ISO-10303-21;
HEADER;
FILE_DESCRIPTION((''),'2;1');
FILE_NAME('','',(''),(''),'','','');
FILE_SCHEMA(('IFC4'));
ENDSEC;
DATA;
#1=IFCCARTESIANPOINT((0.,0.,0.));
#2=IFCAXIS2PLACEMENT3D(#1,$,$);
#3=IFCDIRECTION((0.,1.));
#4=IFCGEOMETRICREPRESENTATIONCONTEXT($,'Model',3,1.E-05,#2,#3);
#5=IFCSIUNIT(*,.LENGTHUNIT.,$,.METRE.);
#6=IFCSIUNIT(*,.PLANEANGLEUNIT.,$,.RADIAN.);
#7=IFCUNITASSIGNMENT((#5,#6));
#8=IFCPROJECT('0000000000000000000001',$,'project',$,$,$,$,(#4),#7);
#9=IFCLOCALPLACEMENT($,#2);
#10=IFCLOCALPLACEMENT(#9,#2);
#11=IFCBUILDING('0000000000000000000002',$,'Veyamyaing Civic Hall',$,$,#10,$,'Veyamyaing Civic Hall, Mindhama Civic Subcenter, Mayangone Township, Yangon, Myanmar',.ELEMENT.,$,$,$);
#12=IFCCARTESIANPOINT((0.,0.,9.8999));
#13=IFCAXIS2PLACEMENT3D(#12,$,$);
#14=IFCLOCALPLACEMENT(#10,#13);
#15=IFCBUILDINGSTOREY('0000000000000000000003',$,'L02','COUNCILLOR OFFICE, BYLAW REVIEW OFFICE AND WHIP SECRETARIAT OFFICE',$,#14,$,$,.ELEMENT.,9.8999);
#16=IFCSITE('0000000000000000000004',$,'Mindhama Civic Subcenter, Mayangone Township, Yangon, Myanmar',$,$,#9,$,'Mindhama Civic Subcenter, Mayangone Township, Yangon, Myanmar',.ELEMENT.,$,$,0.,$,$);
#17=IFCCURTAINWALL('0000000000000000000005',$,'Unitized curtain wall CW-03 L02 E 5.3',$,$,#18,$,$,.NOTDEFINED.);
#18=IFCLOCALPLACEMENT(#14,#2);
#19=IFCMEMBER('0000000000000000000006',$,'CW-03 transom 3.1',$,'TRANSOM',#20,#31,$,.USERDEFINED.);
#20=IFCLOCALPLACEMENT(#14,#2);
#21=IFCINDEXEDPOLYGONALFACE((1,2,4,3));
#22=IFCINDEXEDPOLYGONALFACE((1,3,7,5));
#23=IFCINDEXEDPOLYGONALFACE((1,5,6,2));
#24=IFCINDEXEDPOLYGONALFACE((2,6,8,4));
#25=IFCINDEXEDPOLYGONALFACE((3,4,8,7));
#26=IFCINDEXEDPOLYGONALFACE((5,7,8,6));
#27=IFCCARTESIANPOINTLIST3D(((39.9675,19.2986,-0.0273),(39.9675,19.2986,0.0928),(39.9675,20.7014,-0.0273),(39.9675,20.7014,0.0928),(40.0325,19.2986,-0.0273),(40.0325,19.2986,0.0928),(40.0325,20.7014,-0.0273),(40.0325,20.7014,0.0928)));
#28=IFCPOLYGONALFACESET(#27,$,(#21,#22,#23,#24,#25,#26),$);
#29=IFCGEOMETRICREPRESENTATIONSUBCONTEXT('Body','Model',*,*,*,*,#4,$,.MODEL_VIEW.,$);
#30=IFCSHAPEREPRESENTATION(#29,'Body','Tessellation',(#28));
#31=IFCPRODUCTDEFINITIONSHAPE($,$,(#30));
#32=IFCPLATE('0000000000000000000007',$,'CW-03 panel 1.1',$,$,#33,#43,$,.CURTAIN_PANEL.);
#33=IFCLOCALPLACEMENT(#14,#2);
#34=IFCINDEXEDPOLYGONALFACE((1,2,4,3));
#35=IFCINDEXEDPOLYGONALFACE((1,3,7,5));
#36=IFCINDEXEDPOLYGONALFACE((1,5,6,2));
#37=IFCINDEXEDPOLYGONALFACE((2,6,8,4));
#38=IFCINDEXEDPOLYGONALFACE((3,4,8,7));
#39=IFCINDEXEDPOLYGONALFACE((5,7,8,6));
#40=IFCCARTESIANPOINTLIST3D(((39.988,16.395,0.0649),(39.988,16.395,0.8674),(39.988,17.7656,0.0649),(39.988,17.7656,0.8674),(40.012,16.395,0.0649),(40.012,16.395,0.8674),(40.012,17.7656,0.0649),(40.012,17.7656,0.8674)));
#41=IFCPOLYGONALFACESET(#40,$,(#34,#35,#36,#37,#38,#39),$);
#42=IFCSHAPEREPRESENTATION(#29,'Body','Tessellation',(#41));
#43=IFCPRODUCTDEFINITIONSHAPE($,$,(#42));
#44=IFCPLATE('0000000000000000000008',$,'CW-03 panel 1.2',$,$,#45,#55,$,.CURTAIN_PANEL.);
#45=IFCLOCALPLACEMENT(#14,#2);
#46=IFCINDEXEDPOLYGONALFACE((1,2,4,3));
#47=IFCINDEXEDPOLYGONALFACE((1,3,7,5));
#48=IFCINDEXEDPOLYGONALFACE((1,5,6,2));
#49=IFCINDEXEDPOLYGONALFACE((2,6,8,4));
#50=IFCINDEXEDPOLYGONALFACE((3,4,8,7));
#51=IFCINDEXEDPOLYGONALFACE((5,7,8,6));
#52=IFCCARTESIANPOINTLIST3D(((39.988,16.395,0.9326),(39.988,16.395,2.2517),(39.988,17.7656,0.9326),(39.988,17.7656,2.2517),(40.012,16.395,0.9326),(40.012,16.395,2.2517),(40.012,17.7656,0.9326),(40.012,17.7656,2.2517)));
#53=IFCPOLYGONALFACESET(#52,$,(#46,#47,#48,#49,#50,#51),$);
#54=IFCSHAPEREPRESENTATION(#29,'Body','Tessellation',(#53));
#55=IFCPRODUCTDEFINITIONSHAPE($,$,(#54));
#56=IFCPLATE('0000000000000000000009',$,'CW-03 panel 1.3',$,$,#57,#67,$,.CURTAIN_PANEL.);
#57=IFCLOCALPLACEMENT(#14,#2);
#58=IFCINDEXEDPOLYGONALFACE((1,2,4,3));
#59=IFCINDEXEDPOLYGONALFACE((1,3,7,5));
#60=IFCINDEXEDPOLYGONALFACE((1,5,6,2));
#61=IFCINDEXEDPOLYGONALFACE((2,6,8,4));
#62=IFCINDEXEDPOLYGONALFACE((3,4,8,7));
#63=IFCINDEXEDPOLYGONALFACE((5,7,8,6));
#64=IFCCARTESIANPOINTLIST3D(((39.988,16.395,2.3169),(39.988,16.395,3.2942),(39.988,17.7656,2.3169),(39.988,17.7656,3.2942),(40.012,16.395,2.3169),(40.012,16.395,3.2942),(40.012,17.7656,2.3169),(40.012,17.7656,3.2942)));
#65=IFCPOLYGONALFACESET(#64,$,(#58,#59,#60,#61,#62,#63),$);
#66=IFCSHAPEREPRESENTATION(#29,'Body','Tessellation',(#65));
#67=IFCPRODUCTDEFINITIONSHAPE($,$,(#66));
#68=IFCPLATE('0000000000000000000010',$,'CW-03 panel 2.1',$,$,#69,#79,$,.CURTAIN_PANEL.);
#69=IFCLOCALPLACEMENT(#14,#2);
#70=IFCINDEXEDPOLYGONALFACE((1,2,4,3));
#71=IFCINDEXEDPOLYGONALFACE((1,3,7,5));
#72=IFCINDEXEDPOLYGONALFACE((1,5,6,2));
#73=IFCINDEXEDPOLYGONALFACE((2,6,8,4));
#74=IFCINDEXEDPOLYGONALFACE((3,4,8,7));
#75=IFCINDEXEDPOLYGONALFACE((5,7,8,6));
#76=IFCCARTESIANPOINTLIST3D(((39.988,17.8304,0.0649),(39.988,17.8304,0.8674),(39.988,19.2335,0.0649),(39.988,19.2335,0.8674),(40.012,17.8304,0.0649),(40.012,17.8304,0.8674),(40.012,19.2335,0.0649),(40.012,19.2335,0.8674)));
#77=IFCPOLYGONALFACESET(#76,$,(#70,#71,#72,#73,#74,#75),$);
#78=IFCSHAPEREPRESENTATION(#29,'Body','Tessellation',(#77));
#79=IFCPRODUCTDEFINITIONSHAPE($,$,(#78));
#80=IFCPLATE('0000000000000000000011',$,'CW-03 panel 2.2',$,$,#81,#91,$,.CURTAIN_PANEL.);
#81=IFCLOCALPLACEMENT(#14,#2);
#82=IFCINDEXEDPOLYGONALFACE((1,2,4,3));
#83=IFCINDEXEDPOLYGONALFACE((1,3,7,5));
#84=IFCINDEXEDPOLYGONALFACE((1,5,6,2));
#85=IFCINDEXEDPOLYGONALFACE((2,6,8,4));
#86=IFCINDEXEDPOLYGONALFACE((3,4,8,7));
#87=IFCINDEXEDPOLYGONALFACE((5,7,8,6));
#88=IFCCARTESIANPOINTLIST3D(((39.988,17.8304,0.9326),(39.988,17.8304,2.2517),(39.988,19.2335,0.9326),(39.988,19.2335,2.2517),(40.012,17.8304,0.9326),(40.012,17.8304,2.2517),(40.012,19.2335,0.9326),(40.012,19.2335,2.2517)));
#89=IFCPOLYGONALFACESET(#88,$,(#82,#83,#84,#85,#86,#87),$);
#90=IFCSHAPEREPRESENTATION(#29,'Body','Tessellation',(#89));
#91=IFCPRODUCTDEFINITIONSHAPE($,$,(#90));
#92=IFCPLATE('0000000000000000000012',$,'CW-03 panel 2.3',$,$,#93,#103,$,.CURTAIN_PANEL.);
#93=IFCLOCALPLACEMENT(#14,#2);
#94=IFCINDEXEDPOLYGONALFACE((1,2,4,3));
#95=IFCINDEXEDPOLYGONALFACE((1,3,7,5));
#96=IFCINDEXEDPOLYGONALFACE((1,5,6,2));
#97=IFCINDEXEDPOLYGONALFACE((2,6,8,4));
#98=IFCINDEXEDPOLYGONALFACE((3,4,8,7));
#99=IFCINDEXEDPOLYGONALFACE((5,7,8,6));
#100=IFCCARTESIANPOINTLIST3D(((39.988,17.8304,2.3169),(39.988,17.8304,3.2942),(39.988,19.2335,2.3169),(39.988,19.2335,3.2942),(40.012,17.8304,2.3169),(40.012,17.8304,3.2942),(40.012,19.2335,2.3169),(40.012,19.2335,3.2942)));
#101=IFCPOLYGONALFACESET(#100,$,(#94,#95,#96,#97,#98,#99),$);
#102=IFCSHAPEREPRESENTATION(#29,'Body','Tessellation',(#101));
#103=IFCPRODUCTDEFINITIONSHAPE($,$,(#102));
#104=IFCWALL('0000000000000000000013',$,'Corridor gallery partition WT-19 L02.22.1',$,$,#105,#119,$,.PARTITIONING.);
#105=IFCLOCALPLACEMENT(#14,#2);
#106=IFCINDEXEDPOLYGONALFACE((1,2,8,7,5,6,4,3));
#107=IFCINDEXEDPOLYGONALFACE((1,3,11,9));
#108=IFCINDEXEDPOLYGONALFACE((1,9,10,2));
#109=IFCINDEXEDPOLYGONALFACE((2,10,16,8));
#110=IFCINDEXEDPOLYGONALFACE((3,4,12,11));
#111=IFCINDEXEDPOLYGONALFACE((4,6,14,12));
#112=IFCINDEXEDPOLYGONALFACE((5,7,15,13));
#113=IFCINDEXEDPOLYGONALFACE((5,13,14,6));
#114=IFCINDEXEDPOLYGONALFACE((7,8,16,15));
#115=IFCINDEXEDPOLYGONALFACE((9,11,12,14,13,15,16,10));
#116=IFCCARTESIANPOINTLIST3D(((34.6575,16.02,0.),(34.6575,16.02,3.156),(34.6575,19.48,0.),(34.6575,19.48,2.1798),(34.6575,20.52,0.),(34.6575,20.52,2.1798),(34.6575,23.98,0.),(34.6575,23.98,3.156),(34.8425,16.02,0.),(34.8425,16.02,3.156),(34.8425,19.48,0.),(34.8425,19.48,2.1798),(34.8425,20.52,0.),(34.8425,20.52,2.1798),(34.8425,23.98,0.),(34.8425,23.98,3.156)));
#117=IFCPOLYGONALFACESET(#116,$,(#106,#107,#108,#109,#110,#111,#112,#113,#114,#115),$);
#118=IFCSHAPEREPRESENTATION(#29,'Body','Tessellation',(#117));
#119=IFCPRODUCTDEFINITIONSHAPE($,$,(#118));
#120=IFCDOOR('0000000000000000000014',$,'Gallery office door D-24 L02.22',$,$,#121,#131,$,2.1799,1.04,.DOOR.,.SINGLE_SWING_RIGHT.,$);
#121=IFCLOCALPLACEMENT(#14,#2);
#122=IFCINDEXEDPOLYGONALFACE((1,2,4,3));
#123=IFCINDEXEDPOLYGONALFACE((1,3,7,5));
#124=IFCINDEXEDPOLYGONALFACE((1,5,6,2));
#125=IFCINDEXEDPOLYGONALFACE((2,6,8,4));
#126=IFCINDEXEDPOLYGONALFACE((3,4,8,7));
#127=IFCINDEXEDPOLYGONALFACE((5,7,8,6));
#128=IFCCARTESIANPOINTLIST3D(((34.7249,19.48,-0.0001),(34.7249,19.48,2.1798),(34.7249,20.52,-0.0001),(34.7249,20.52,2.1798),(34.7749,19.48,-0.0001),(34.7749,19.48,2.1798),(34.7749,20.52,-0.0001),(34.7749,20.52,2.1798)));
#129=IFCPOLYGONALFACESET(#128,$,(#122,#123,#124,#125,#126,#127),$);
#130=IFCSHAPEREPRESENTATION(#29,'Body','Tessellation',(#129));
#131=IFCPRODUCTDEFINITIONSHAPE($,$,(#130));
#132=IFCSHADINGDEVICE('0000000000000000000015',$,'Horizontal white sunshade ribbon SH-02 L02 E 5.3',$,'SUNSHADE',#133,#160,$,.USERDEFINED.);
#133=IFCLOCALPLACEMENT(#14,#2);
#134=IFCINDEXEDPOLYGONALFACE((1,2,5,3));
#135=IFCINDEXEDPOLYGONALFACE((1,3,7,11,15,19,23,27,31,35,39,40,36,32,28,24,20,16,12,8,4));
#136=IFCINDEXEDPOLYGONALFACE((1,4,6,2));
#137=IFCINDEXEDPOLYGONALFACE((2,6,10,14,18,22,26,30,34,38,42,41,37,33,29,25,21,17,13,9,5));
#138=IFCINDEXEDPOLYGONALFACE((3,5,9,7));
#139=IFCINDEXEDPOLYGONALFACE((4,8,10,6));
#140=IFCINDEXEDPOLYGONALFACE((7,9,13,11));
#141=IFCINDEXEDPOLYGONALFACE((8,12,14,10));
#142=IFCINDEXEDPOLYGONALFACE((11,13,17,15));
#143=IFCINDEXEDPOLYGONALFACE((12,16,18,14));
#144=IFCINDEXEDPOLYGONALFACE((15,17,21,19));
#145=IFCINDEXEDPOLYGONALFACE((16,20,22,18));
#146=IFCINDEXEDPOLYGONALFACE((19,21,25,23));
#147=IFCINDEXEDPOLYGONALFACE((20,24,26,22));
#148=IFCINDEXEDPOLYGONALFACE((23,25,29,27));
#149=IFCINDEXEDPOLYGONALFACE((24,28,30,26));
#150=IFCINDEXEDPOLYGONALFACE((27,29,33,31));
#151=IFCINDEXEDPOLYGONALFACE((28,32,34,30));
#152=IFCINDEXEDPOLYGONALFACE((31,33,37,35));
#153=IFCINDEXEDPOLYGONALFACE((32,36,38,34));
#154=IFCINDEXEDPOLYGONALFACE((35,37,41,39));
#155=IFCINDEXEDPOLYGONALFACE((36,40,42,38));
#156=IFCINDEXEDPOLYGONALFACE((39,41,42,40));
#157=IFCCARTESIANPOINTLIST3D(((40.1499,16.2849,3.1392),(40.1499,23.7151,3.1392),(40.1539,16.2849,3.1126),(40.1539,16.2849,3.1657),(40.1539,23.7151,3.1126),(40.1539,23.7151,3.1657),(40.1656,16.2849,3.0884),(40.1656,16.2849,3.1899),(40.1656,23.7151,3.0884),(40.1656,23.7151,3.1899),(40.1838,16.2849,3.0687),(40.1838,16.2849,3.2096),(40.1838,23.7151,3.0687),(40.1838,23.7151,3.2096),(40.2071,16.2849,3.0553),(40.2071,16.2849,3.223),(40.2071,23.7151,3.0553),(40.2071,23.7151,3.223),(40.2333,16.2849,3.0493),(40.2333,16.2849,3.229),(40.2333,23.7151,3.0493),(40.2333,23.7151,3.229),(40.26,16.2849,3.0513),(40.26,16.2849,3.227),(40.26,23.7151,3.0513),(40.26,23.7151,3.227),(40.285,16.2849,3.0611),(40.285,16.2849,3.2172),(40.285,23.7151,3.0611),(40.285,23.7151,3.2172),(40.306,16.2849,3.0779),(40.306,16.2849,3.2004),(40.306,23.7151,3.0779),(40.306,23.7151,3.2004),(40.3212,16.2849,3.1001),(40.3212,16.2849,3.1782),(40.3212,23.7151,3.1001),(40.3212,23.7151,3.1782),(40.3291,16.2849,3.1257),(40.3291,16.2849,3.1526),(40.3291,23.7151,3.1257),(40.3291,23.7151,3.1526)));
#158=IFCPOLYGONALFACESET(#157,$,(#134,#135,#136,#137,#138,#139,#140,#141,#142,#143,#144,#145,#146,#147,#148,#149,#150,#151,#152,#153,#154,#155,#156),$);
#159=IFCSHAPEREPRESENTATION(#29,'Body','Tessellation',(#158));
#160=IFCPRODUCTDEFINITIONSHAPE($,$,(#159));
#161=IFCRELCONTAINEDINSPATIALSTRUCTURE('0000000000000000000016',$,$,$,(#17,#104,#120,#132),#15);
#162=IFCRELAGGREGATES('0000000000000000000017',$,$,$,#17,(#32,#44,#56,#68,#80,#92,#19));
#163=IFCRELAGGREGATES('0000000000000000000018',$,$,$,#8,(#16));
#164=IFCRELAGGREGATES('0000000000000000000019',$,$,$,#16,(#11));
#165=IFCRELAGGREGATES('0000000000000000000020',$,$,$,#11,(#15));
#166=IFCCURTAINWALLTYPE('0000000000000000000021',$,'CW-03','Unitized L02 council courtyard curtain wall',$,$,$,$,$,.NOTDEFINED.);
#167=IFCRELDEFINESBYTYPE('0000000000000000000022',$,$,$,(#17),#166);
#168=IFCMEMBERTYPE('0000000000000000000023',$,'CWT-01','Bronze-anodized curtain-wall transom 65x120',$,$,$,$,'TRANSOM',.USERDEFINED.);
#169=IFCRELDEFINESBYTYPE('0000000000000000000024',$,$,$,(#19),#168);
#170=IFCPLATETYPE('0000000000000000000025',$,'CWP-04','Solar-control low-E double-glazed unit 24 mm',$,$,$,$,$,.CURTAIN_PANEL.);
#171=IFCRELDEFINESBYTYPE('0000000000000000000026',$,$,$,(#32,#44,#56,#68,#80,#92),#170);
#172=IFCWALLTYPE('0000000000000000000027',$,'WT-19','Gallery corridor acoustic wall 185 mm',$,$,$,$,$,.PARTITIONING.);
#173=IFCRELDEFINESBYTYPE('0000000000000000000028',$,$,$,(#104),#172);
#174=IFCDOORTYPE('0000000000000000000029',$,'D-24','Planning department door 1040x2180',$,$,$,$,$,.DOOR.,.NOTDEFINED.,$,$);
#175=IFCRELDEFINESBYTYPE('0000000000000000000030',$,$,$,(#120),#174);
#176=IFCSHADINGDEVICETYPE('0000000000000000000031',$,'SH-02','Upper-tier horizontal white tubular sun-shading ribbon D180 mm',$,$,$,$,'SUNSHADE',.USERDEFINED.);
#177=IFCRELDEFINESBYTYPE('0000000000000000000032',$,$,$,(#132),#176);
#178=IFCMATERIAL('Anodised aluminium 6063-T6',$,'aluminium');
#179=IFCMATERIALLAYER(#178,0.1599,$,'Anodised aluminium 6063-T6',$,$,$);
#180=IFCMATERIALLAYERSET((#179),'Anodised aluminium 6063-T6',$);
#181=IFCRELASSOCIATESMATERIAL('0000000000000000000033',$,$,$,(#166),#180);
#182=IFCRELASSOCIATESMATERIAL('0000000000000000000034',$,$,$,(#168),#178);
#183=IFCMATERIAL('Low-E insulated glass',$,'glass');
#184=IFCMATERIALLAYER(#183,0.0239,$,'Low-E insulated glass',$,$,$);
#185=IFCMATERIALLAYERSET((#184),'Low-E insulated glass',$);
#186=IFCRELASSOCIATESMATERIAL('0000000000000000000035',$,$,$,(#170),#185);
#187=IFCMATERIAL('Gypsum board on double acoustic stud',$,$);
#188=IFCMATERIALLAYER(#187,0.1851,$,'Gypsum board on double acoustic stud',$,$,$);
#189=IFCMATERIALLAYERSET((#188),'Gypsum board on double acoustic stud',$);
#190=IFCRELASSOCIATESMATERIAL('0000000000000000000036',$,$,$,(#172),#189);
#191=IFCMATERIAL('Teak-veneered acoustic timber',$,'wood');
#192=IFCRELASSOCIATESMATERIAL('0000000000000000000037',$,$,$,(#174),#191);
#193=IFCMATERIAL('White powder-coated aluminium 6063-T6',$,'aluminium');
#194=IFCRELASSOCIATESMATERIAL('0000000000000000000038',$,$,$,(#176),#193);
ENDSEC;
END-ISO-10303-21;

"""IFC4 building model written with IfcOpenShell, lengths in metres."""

from ifc_helpers import new_model, si_unit, direction, frame, frame_2d, origin, origin_2d, place, context, subcontext, project, spatial, rectangle, circle, extrude, material, layer, layer_set, material_profile, profile_set, type_object, element, fill, aggregate, save


model = new_model("IFC4")

# Units and contexts
model_context = context("Model", 3, precision=1e-05, world=origin(), true_north=direction((0.0, 1.0)))
body_context = subcontext(model_context, "Body", "Model", "MODEL_VIEW")
ifc_project = project(units=[si_unit("LENGTHUNIT", "METRE"), si_unit("PLANEANGLEUNIT", "RADIAN")], contexts=[model_context])

# Site, building, storey
site_placement = place(None, origin())
site = spatial("IfcSite", under=ifc_project, at=site_placement, Name="Mindhama Civic Subcenter, Mayangone Township, Yangon, Myanmar", LongName="Mindhama Civic Subcenter, Mayangone Township, Yangon, Myanmar", CompositionType="ELEMENT", RefElevation=0.0)
building_placement = place(site_placement, origin())
building = spatial("IfcBuilding", under=site, at=building_placement, Name="Veyamyaing Civic Hall", LongName="Veyamyaing Civic Hall, Mindhama Civic Subcenter, Mayangone Township, Yangon, Myanmar", CompositionType="ELEMENT")
storey_placement = place(building_placement, frame((0.0, 0.0, 9.8999)))
storey = spatial("IfcBuildingStorey", under=building, at=storey_placement, Name="L02", Description="COUNCILLOR OFFICE, BYLAW REVIEW OFFICE AND WHIP SECRETARIAT OFFICE", CompositionType="ELEMENT", Elevation=9.8999)

# Curtain wall, member, plates
ifc_material_1 = material(Name="Anodised aluminium 6063-T6", Category="aluminium")
ifc_layer_1 = layer(ifc_material_1, 0.1599, Name="Anodised aluminium 6063-T6")
ifc_layer_set_1 = layer_set([ifc_layer_1], Name="Anodised aluminium 6063-T6")
curtain_wall_type = type_object("IfcCurtainWallType", Name="CW-03", Description="Unitized L02 council courtyard curtain wall", PredefinedType="NOTDEFINED", material=ifc_layer_set_1)
curtain_wall_placement = place(storey_placement, origin())
curtain_wall = element("IfcCurtainWall", 1, at=curtain_wall_placement, inside=storey, type_object=curtain_wall_type, Name="Unitized curtain wall CW-03 L02 E 5.3", PredefinedType="NOTDEFINED")
ifc_material_profile_1 = material_profile(ifc_material_1, rectangle(XDim=0.0649, YDim=0.1201, at=origin_2d()), Name="ALU-TRN-65X120")
ifc_profile_set_1 = profile_set([ifc_material_profile_1], Name="Anodised aluminium 6063-T6")
member_type_1 = type_object("IfcMemberType", Name="CWT-01", Description="Bronze-anodized curtain-wall transom 65x120", ElementType="TRANSOM", PredefinedType="USERDEFINED", material=ifc_profile_set_1)
member_1_placement = place(storey_placement, frame((40.0, 19.2986, 0.0327), z_axis=(0.0, 1.0, 0.0), x_axis=(-1.0, 0.0, 0.0)))
member_1 = element("IfcMember", 2, at=member_1_placement, type_object=member_type_1, Name="CW-03 transom 3.1", ObjectType="TRANSOM", PredefinedType="USERDEFINED", context=body_context, shape_type="SweptSolid", body=[
    extrude(rectangle(XDim=0.0649, YDim=0.1201, at=origin_2d()), origin(), (0.0, 0.0, 1.0), 1.4028),
])
ifc_material_2 = material(Name="Low-E insulated glass", Category="glass")
ifc_layer_2 = layer(ifc_material_2, 0.0239, Name="Low-E insulated glass")
ifc_layer_set_2 = layer_set([ifc_layer_2], Name="Low-E insulated glass")
plate_type = type_object("IfcPlateType", Name="CWP-04", Description="Solar-control low-E double-glazed unit 24 mm", PredefinedType="CURTAIN_PANEL", material=ifc_layer_set_2)
plate_1_placement = place(storey_placement, frame((40.0, 17.0803, 0.0649), z_axis=(0.0, 0.0, 1.0), x_axis=(0.0, 1.0, 0.0)))
plate_1 = element("IfcPlate", 3, at=plate_1_placement, type_object=plate_type, Name="CW-03 panel 1.1", PredefinedType="CURTAIN_PANEL", context=body_context, shape_type="SweptSolid", body=[
    extrude(rectangle(XDim=1.3706, YDim=0.0239, at=origin_2d()), origin(), (0.0, 0.0, 1.0), 0.8025),
])
plate_2_placement = place(storey_placement, frame((40.0, 17.0803, 0.9326), z_axis=(0.0, 0.0, 1.0), x_axis=(0.0, 1.0, 0.0)))
plate_2 = element("IfcPlate", 4, at=plate_2_placement, type_object=plate_type, Name="CW-03 panel 1.2", PredefinedType="CURTAIN_PANEL", context=body_context, shape_type="SweptSolid", body=[
    extrude(rectangle(XDim=1.3706, YDim=0.0239, at=origin_2d()), origin(), (0.0, 0.0, 1.0), 1.3191),
])
plate_3_placement = place(storey_placement, frame((40.0, 17.0803, 2.3169), z_axis=(0.0, 0.0, 1.0), x_axis=(0.0, 1.0, 0.0)))
plate_3 = element("IfcPlate", 5, at=plate_3_placement, type_object=plate_type, Name="CW-03 panel 1.3", PredefinedType="CURTAIN_PANEL", context=body_context, shape_type="SweptSolid", body=[
    extrude(rectangle(XDim=1.3706, YDim=0.0239, at=origin_2d()), origin(), (0.0, 0.0, 1.0), 0.9773),
])
plate_4_placement = place(storey_placement, frame((40.0, 18.532, 0.0649), z_axis=(0.0, 0.0, 1.0), x_axis=(0.0, 1.0, 0.0)))
plate_4 = element("IfcPlate", 6, at=plate_4_placement, type_object=plate_type, Name="CW-03 panel 2.1", PredefinedType="CURTAIN_PANEL", context=body_context, shape_type="SweptSolid", body=[
    extrude(rectangle(XDim=1.4031, YDim=0.0239, at=origin_2d()), origin(), (0.0, 0.0, 1.0), 0.8025),
])
plate_5_placement = place(storey_placement, frame((40.0, 18.532, 0.9326), z_axis=(0.0, 0.0, 1.0), x_axis=(0.0, 1.0, 0.0)))
plate_5 = element("IfcPlate", 7, at=plate_5_placement, type_object=plate_type, Name="CW-03 panel 2.2", PredefinedType="CURTAIN_PANEL", context=body_context, shape_type="SweptSolid", body=[
    extrude(rectangle(XDim=1.4031, YDim=0.0239, at=origin_2d()), origin(), (0.0, 0.0, 1.0), 1.3191),
])
plate_6_placement = place(storey_placement, frame((40.0, 18.532, 2.3169), z_axis=(0.0, 0.0, 1.0), x_axis=(0.0, 1.0, 0.0)))
plate_6 = element("IfcPlate", 8, at=plate_6_placement, type_object=plate_type, Name="CW-03 panel 2.3", PredefinedType="CURTAIN_PANEL", context=body_context, shape_type="SweptSolid", body=[
    extrude(rectangle(XDim=1.4031, YDim=0.0239, at=origin_2d()), origin(), (0.0, 0.0, 1.0), 0.9773),
])
aggregate(curtain_wall, [plate_1, plate_2, plate_3, plate_4, plate_5, plate_6, member_1])

# Wall, opening, door
ifc_material_3 = material(Name="Gypsum board on double acoustic stud")
ifc_layer_3 = layer(ifc_material_3, 0.1851, Name="Gypsum board on double acoustic stud")
ifc_layer_set_3 = layer_set([ifc_layer_3], Name="Gypsum board on double acoustic stud")
wall_type = type_object("IfcWallType", Name="WT-19", Description="Gallery corridor acoustic wall 185 mm", PredefinedType="PARTITIONING", material=ifc_layer_set_3)
wall_placement = place(storey_placement, frame((34.75, 16.02, 0.0), z_axis=(0.0, 0.0, 1.0), x_axis=(0.0, 1.0, 0.0)))
wall = element("IfcWall", 9, at=wall_placement, inside=storey, type_object=wall_type, Name="Corridor gallery partition WT-19 L02.22.1", PredefinedType="PARTITIONING", context=body_context, shape_type="SweptSolid", body=[
    extrude(rectangle(XDim=7.96, YDim=0.1851, at=frame_2d((3.98, 0.0))), origin(), (0.0, 0.0, 1.0), 3.156),
])
opening_placement = place(wall_placement, frame((3.46, 0.0, 0.0)))
opening = element("IfcOpeningElement", 10, at=opening_placement, cuts=wall, PredefinedType="OPENING", context=body_context, shape_type="SweptSolid", body=[
    extrude(rectangle(XDim=1.04, YDim=2.1799, at=frame_2d((0.52, 1.0898))), frame((0.0, 0.1025, 0.0), z_axis=(0.0, -1.0, 0.0), x_axis=(1.0, 0.0, 0.0)), (0.0, 0.0, 1.0), 0.2051),
])
ifc_material_4 = material(Name="Teak-veneered acoustic timber", Category="wood")
door_type = type_object("IfcDoorType", Name="D-24", Description="Planning department door 1040x2180", OperationType="NOTDEFINED", PredefinedType="DOOR", material=ifc_material_4)
door_placement = place(opening_placement, frame((1.04, 0.0, 0.0), z_axis=(0.0, 0.0, 1.0), x_axis=(-1.0, 0.0, 0.0)))
door = element("IfcDoor", 11, at=door_placement, inside=storey, type_object=door_type, Name="Gallery office door D-24 L02.22", OperationType="SINGLE_SWING_RIGHT", OverallHeight=2.1799, OverallWidth=1.04, PredefinedType="DOOR", context=body_context, shape_type="SweptSolid", body=[
    extrude(rectangle(XDim=1.04, YDim=2.1799, at=frame_2d((0.52, 1.0898))), frame((0.0, 0.0249, 0.0), z_axis=(0.0, -1.0, 0.0), x_axis=(1.0, 0.0, 0.0)), (0.0, 0.0, 1.0), 0.05),
])
fill(opening, door)

# Shading device
ifc_material_5 = material(Name="White powder-coated aluminium 6063-T6", Category="aluminium")
ifc_material_profile_2 = material_profile(ifc_material_5, circle(Radius=0.0901, at=origin_2d()), Name="SHADE-TUBE-180")
ifc_profile_set_2 = profile_set([ifc_material_profile_2], Name="White powder-coated aluminium 6063-T6")
shading_device_type = type_object("IfcShadingDeviceType", Name="SH-02", Description="Upper-tier horizontal white tubular sun-shading ribbon D180 mm", ElementType="SUNSHADE", PredefinedType="USERDEFINED", material=ifc_profile_set_2)
shading_device_placement = place(storey_placement, frame((40.24, 16.2849, 3.1392), z_axis=(0.0, 1.0, 0.0), x_axis=(-1.0, 0.0, 0.0)))
element("IfcShadingDevice", 12, at=shading_device_placement, inside=storey, type_object=shading_device_type, Name="Horizontal white sunshade ribbon SH-02 L02 E 5.3", ObjectType="SUNSHADE", PredefinedType="USERDEFINED", context=body_context, shape_type="SweptSolid", body=[
    extrude(circle(Radius=0.0901, at=origin_2d()), origin(), (0.0, 0.0, 1.0), 7.4302),
])

save(model, "model.ifc")
